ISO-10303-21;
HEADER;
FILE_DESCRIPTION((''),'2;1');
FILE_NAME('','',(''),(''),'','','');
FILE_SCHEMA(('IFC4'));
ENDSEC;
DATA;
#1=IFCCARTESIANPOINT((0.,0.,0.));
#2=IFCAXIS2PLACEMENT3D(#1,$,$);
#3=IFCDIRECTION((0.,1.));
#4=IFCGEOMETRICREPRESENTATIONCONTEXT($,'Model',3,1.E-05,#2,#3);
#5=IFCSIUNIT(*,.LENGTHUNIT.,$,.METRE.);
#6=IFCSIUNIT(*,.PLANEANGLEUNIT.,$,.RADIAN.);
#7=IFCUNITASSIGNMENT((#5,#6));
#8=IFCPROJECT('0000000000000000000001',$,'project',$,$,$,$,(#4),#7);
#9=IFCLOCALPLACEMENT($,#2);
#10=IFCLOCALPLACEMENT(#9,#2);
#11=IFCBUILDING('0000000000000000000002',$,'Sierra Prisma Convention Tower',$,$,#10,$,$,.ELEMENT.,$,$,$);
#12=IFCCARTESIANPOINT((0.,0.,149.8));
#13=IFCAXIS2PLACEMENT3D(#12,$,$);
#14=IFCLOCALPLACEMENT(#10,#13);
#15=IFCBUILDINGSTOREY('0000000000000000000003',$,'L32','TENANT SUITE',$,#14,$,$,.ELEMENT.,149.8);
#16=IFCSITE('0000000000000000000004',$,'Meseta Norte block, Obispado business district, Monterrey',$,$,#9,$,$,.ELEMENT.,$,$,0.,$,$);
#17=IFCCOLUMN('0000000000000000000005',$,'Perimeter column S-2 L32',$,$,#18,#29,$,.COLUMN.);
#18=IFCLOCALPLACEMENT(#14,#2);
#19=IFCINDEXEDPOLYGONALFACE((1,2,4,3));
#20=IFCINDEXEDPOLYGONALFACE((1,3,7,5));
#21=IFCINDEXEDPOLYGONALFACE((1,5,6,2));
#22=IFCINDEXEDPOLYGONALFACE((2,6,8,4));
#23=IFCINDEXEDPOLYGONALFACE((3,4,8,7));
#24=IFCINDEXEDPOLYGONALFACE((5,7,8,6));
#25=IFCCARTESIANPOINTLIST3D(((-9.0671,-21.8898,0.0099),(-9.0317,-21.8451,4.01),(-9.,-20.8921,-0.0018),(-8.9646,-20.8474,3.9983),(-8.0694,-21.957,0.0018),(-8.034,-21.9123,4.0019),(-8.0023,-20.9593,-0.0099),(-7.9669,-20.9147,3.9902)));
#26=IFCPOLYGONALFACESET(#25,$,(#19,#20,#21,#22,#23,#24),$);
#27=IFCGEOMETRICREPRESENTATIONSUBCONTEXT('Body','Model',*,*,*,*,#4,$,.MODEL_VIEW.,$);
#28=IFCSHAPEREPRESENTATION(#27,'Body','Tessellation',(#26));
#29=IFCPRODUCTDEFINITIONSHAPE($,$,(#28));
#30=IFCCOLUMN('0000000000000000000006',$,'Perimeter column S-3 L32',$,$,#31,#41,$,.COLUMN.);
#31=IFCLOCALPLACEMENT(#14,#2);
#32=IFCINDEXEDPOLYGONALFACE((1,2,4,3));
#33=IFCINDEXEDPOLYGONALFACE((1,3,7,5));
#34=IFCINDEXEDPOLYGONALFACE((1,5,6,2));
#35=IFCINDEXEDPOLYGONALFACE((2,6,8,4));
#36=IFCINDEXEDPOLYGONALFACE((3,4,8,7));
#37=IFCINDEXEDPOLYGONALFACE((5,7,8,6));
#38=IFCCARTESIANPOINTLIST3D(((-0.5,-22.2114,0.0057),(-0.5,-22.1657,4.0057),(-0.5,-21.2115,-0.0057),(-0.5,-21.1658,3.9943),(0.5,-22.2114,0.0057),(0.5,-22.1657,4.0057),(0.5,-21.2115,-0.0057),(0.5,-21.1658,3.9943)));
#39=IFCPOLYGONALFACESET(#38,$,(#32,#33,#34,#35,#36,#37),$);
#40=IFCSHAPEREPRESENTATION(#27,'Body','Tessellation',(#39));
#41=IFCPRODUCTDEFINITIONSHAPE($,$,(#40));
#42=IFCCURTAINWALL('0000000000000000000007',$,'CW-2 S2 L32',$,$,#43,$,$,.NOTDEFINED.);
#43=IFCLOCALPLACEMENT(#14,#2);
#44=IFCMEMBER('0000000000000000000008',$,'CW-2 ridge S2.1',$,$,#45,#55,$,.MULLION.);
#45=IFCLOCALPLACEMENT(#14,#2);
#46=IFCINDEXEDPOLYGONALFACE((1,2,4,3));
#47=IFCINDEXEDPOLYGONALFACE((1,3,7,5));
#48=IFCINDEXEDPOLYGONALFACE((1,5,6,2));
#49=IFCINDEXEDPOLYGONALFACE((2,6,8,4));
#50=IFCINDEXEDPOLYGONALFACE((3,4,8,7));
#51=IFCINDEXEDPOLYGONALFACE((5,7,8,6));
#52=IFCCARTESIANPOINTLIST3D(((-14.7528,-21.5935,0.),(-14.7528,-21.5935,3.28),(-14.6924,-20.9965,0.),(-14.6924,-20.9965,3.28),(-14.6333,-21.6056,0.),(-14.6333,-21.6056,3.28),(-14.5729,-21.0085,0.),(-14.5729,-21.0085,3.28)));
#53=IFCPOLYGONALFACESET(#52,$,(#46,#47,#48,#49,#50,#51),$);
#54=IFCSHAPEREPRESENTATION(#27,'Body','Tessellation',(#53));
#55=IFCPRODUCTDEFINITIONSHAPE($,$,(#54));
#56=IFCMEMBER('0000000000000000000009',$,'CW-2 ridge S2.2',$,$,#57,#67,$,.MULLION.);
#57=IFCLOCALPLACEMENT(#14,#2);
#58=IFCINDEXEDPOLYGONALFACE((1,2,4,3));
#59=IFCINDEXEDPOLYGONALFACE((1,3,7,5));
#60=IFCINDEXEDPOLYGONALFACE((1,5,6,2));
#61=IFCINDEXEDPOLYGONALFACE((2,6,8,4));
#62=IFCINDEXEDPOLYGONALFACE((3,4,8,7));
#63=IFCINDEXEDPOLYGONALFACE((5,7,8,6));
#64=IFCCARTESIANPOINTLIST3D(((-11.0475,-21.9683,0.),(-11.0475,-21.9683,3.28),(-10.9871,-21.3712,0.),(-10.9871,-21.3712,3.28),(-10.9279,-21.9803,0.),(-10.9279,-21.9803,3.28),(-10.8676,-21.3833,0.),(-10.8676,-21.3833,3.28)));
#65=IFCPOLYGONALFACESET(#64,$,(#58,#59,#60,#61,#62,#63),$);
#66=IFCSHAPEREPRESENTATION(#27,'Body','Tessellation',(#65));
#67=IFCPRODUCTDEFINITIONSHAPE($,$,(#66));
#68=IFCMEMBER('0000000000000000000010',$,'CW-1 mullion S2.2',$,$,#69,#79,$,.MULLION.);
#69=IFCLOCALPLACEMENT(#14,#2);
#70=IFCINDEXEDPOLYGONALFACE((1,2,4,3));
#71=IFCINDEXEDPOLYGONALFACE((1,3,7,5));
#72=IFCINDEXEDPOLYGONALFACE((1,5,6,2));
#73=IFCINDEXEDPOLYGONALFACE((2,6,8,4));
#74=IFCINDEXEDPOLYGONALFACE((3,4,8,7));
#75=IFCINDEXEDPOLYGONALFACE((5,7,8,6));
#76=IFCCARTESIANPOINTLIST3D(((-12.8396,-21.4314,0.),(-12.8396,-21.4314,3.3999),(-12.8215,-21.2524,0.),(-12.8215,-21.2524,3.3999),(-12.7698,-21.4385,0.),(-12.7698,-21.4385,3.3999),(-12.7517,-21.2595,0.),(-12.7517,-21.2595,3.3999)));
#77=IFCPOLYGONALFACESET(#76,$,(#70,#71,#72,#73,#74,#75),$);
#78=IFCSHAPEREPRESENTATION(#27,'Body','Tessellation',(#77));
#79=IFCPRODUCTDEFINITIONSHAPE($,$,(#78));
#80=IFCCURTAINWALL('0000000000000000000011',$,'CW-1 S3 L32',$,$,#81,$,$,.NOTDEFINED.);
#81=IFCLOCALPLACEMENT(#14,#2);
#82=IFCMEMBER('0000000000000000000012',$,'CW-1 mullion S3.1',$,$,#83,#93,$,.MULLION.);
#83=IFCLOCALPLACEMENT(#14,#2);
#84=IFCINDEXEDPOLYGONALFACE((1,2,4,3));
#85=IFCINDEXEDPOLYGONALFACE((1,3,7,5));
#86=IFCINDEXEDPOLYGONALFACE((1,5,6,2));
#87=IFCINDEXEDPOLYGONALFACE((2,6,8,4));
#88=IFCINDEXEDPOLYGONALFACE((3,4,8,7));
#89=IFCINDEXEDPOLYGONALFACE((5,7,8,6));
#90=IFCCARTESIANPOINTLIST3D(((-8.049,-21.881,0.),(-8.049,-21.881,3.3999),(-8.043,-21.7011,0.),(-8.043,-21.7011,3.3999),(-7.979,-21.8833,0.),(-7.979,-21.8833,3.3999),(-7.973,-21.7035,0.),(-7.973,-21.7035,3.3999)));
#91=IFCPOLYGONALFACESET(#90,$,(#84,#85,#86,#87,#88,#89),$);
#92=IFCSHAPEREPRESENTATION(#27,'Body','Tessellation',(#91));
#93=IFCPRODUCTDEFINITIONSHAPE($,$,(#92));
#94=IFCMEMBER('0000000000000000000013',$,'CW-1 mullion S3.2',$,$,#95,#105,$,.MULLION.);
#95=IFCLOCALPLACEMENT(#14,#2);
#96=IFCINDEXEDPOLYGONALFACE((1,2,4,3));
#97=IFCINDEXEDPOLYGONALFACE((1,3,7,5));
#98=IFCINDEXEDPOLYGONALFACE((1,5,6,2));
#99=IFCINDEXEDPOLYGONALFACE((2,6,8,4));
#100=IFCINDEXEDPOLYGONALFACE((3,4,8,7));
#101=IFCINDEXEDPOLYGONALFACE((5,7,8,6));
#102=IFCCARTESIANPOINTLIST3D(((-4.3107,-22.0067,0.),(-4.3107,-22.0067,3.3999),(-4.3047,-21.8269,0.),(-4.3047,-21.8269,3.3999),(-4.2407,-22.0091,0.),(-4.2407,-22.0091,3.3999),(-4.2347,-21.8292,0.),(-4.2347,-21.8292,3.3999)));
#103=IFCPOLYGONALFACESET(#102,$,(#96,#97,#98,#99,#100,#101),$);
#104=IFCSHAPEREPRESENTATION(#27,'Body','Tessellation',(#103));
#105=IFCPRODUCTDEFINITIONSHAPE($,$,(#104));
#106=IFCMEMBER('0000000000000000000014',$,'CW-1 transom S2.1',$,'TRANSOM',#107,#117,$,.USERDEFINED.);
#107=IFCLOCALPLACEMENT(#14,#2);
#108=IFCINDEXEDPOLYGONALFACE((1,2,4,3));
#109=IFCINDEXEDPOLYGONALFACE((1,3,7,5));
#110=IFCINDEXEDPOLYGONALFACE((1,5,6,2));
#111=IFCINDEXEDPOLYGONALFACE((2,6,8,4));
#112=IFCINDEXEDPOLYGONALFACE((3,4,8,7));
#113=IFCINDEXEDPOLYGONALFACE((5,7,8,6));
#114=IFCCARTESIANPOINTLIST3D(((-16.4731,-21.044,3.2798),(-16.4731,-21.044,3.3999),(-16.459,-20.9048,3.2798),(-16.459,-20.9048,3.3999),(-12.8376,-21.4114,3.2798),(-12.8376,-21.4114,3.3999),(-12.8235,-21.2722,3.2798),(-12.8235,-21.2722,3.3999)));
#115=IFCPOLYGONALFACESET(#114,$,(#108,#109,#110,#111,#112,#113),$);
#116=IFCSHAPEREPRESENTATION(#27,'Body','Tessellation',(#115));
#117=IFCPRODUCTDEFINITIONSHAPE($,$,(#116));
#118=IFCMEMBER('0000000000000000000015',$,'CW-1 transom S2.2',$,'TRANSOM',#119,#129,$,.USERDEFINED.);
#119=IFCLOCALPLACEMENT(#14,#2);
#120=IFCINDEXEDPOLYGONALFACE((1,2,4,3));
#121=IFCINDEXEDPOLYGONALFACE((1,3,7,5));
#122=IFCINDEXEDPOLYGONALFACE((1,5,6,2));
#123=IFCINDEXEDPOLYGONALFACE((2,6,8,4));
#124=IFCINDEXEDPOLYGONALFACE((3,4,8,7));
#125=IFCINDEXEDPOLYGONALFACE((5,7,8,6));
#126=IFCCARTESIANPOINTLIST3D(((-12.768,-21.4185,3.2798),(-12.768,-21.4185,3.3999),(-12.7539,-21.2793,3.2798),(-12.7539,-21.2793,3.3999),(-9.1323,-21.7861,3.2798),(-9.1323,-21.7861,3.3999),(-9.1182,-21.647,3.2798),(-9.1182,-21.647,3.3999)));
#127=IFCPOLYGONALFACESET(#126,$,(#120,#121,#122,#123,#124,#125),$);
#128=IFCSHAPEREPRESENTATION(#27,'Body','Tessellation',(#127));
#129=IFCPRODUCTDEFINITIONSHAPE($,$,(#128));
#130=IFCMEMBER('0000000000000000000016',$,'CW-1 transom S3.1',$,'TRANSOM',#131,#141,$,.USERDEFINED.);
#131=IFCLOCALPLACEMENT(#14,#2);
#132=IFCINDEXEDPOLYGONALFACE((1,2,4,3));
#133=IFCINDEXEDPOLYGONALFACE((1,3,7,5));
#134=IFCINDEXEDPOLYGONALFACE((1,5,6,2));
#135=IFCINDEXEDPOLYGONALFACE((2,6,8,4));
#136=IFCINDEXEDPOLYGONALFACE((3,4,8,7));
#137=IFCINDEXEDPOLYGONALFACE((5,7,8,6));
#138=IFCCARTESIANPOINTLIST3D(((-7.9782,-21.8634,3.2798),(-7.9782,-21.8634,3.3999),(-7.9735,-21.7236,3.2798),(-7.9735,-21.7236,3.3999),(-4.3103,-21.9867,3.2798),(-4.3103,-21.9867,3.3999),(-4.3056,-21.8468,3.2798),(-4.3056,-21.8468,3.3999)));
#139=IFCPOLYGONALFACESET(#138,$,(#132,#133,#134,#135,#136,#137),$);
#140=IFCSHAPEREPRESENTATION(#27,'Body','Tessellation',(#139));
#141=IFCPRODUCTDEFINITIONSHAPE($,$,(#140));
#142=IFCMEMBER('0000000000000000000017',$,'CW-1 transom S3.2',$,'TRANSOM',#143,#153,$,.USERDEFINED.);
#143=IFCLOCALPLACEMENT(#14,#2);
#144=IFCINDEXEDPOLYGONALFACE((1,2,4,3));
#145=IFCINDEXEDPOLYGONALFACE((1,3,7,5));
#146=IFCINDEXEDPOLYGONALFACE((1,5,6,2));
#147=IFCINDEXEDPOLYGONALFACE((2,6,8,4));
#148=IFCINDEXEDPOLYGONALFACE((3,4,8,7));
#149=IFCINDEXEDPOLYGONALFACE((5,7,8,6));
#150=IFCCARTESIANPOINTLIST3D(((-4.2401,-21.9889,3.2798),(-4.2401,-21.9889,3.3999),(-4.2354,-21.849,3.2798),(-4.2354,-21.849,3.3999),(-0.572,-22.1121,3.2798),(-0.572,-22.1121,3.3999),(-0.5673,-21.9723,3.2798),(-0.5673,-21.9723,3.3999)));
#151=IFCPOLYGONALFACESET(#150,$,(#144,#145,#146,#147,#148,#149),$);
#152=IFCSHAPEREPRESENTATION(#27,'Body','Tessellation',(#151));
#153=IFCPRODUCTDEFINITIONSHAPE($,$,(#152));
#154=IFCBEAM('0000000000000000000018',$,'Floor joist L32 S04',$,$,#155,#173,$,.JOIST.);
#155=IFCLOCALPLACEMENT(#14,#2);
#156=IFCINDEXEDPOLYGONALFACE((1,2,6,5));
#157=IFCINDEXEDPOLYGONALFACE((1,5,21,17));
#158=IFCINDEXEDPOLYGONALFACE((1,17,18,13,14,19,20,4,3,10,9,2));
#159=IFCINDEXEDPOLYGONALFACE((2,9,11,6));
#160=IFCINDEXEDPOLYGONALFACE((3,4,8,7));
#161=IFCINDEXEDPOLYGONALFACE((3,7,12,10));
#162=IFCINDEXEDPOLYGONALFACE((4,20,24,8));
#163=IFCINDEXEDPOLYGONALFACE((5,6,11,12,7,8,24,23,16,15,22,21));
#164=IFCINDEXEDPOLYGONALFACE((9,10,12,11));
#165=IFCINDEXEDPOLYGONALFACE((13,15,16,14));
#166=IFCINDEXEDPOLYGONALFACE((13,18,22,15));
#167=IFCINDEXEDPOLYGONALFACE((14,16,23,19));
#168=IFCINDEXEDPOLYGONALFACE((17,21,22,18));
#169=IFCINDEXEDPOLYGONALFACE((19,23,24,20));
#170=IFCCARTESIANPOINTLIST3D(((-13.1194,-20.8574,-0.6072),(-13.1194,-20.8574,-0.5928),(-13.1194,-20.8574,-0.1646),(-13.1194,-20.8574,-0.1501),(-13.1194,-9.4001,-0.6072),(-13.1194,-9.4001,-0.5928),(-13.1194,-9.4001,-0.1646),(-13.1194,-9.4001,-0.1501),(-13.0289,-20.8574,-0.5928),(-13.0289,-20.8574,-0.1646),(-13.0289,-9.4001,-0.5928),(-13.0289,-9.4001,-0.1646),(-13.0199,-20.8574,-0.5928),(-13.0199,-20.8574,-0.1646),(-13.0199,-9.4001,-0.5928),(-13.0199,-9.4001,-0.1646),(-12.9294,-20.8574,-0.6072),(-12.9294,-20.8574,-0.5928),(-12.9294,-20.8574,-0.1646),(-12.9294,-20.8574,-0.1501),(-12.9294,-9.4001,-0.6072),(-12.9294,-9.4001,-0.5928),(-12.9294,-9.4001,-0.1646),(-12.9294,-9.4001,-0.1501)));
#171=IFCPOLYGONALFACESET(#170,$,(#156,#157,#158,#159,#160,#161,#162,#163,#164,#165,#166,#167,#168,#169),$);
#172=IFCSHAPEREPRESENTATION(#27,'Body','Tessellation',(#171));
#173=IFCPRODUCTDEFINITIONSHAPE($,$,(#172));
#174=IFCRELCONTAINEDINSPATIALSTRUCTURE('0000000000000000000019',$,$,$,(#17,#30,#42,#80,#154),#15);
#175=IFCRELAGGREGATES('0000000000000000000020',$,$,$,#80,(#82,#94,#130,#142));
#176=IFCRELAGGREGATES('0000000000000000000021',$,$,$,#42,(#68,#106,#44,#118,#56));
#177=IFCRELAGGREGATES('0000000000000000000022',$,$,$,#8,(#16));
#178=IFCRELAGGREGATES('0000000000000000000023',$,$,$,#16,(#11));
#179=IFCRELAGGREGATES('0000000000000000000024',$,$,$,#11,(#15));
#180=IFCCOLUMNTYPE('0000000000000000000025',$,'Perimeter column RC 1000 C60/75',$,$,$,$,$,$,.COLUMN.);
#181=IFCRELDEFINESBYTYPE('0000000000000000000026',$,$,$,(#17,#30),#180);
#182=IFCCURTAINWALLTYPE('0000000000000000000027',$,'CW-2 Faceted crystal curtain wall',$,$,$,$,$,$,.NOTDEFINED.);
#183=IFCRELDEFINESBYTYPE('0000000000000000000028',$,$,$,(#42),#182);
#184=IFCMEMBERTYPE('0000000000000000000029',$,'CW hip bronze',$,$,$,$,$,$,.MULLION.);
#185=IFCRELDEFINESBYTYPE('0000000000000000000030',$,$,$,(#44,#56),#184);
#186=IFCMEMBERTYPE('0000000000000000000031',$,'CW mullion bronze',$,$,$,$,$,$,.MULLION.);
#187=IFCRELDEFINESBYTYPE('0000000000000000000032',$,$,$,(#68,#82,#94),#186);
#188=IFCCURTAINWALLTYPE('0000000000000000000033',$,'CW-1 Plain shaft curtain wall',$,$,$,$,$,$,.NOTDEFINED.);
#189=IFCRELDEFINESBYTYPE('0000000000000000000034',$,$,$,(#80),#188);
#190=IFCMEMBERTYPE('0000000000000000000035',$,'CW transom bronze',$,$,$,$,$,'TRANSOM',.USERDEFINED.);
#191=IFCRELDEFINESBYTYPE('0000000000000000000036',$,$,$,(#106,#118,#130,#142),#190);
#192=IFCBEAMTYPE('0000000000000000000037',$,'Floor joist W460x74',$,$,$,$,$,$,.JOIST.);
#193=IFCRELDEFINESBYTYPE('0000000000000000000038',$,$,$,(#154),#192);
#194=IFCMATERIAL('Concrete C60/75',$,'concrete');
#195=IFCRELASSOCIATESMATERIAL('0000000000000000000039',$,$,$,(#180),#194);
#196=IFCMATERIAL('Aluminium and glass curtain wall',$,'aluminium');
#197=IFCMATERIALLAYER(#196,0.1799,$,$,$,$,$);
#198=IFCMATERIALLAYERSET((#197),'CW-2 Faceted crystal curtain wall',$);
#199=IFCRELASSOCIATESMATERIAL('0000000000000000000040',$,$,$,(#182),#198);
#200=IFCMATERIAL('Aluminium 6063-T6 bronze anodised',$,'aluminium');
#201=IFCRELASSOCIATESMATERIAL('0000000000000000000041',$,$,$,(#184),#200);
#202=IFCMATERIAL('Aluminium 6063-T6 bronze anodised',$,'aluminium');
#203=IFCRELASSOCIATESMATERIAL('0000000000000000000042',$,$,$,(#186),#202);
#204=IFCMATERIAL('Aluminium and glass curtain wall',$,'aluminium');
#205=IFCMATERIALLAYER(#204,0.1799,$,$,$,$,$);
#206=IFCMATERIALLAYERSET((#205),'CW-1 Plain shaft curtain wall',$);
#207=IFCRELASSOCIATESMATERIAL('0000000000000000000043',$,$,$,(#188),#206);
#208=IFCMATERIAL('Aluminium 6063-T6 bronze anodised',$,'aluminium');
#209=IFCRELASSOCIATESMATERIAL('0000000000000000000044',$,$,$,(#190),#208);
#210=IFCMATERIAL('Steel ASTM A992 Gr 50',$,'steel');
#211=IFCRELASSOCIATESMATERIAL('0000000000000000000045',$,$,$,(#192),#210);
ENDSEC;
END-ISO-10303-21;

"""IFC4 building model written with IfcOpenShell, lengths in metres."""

from ifc_helpers import new_model, si_unit, direction, frame, origin, origin_2d, place, context, subcontext, project, spatial, rectangle, i_section, extrude, material, layer, layer_set, material_profile, profile_set, type_object, element, aggregate, save


model = new_model("IFC4")

# Units and contexts
model_context = context("Model", 3, precision=1e-05, world=origin(), true_north=direction((0.0, 1.0)))
body_context = subcontext(model_context, "Body", "Model", "MODEL_VIEW")
ifc_project = project(units=[si_unit("LENGTHUNIT", "METRE"), si_unit("PLANEANGLEUNIT", "RADIAN")], contexts=[model_context])

# Site, building, storey
site_placement = place(None, origin())
site = spatial("IfcSite", under=ifc_project, at=site_placement, Name="Meseta Norte block, Obispado business district, Monterrey", CompositionType="ELEMENT", RefElevation=0.0)
building_placement = place(site_placement, origin())
building = spatial("IfcBuilding", under=site, at=building_placement, Name="Sierra Prisma Convention Tower", CompositionType="ELEMENT")
storey_placement = place(building_placement, frame((0.0, 0.0, 149.8)))
storey = spatial("IfcBuildingStorey", under=building, at=storey_placement, Name="L32", Description="TENANT SUITE", CompositionType="ELEMENT", Elevation=149.8)

# Columns
ifc_material_1 = material(Name="Concrete C60/75", Category="concrete")
ifc_material_profile_1 = material_profile(ifc_material_1, rectangle(XDim=1.0, YDim=1.0, at=origin_2d()), Name="Perimeter column RC 1000 C60/75")
ifc_profile_set_1 = profile_set([ifc_material_profile_1], Name="Concrete C60/75")
column_type = type_object("IfcColumnType", Name="Perimeter column RC 1000 C60/75", PredefinedType="COLUMN", material=ifc_profile_set_1)
column_1_placement = place(storey_placement, frame((-8.5347, -21.4246, 0.0), z_axis=(0.008849, 0.011168, 0.999898), x_axis=(-0.997705, 0.067223, 0.008079)))
element("IfcColumn", 1, at=column_1_placement, inside=storey, type_object=column_type, Name="Perimeter column S-2 L32", PredefinedType="COLUMN", context=body_context, shape_type="SweptSolid", body=[
    extrude(rectangle(XDim=1.0, YDim=1.0, at=origin_2d()), origin(), (0.0, 0.0, 1.0), 4.0005),
])
column_2_placement = place(storey_placement, frame((0.0, -21.7114, 0.0), z_axis=(0.0, 0.011413, 0.999935), x_axis=(1.0, 0.0, 0.0)))
element("IfcColumn", 2, at=column_2_placement, inside=storey, type_object=column_type, Name="Perimeter column S-3 L32", PredefinedType="COLUMN", context=body_context, shape_type="SweptSolid", body=[
    extrude(rectangle(XDim=1.0, YDim=1.0, at=origin_2d()), origin(), (0.0, 0.0, 1.0), 4.0002),
])

# Curtain walls, members
ifc_material_2 = material(Name="Aluminium and glass curtain wall", Category="aluminium")
ifc_layer_1 = layer(ifc_material_2, 0.1799)
ifc_layer_set_1 = layer_set([ifc_layer_1], Name="CW-2 Faceted crystal curtain wall")
curtain_wall_type_1 = type_object("IfcCurtainWallType", Name="CW-2 Faceted crystal curtain wall", PredefinedType="NOTDEFINED", material=ifc_layer_set_1)
curtain_wall_1_placement = place(storey_placement, origin())
curtain_wall_1 = element("IfcCurtainWall", 3, at=curtain_wall_1_placement, inside=storey, type_object=curtain_wall_type_1, Name="CW-2 S2 L32", PredefinedType="NOTDEFINED")
ifc_material_3 = material(Name="Aluminium 6063-T6 bronze anodised", Category="aluminium")
ifc_material_profile_2 = material_profile(ifc_material_3, rectangle(XDim=0.1201, YDim=0.6001, at=origin_2d()), Name="ALU RIDGE BLADE 120x600")
ifc_profile_set_2 = profile_set([ifc_material_profile_2], Name="Aluminium 6063-T6 bronze anodised")
member_type_1 = type_object("IfcMemberType", Name="CW hip bronze", PredefinedType="MULLION", material=ifc_profile_set_2)
member_1_placement = place(storey_placement, frame((-14.6628, -21.301, 0.0), z_axis=(0.0, 0.0, 1.0), x_axis=(0.994927, -0.100597, 0.0)))
member_1 = element("IfcMember", 4, at=member_1_placement, type_object=member_type_1, Name="CW-2 ridge S2.1", PredefinedType="MULLION", context=body_context, shape_type="SweptSolid", body=[
    extrude(rectangle(XDim=0.1201, YDim=0.6001, at=origin_2d()), origin(), (0.0, 0.0, 1.0), 3.28),
])
member_2_placement = place(storey_placement, frame((-10.9575, -21.6758, 0.0), z_axis=(0.0, 0.0, 1.0), x_axis=(0.994927, -0.100597, 0.0)))
member_2 = element("IfcMember", 5, at=member_2_placement, type_object=member_type_1, Name="CW-2 ridge S2.2", PredefinedType="MULLION", context=body_context, shape_type="SweptSolid", body=[
    extrude(rectangle(XDim=0.1201, YDim=0.6001, at=origin_2d()), origin(), (0.0, 0.0, 1.0), 3.28),
])
ifc_material_4 = material(Name="Aluminium 6063-T6 bronze anodised", Category="aluminium")
ifc_material_profile_3 = material_profile(ifc_material_4, rectangle(XDim=0.1799, YDim=0.0701, at=origin_2d()), Name="ALU MULLION 70x180")
ifc_profile_set_3 = profile_set([ifc_material_profile_3], Name="Aluminium 6063-T6 bronze anodised")
member_type_2 = type_object("IfcMemberType", Name="CW mullion bronze", PredefinedType="MULLION", material=ifc_profile_set_3)
member_3_placement = place(storey_placement, frame((-12.7957, -21.3455, 0.0), z_axis=(0.0, 0.0, 1.0), x_axis=(0.100597, 0.994927, 0.0)))
member_3 = element("IfcMember", 6, at=member_3_placement, type_object=member_type_2, Name="CW-1 mullion S2.2", PredefinedType="MULLION", context=body_context, shape_type="SweptSolid", body=[
    extrude(rectangle(XDim=0.1799, YDim=0.0701, at=origin_2d()), origin(), (0.0, 0.0, 1.0), 3.3999),
])
ifc_material_5 = material(Name="Aluminium and glass curtain wall", Category="aluminium")
ifc_layer_2 = layer(ifc_material_5, 0.1799)
ifc_layer_set_2 = layer_set([ifc_layer_2], Name="CW-1 Plain shaft curtain wall")
curtain_wall_type_2 = type_object("IfcCurtainWallType", Name="CW-1 Plain shaft curtain wall", PredefinedType="NOTDEFINED", material=ifc_layer_set_2)
curtain_wall_2_placement = place(storey_placement, origin())
curtain_wall_2 = element("IfcCurtainWall", 7, at=curtain_wall_2_placement, inside=storey, type_object=curtain_wall_type_2, Name="CW-1 S3 L32", PredefinedType="NOTDEFINED")
member_4_placement = place(storey_placement, frame((-8.011, -21.7922, 0.0), z_axis=(0.0, 0.0, 1.0), x_axis=(0.033583, 0.999436, 0.0)))
member_4 = element("IfcMember", 8, at=member_4_placement, type_object=member_type_2, Name="CW-1 mullion S3.1", PredefinedType="MULLION", context=body_context, shape_type="SweptSolid", body=[
    extrude(rectangle(XDim=0.1799, YDim=0.0701, at=origin_2d()), origin(), (0.0, 0.0, 1.0), 3.3999),
])
member_5_placement = place(storey_placement, frame((-4.2727, -21.918, 0.0), z_axis=(0.0, 0.0, 1.0), x_axis=(0.033583, 0.999436, 0.0)))
member_5 = element("IfcMember", 9, at=member_5_placement, type_object=member_type_2, Name="CW-1 mullion S3.2", PredefinedType="MULLION", context=body_context, shape_type="SweptSolid", body=[
    extrude(rectangle(XDim=0.1799, YDim=0.0701, at=origin_2d()), origin(), (0.0, 0.0, 1.0), 3.3999),
])

# Members
ifc_material_6 = material(Name="Aluminium 6063-T6 bronze anodised", Category="aluminium")
ifc_material_profile_4 = material_profile(ifc_material_6, rectangle(XDim=0.1399, YDim=0.1201, at=origin_2d()), Name="ALU TRANSOM 120x140")
ifc_profile_set_4 = profile_set([ifc_material_profile_4], Name="Aluminium 6063-T6 bronze anodised")
member_type_3 = type_object("IfcMemberType", Name="CW transom bronze", ElementType="TRANSOM", PredefinedType="USERDEFINED", material=ifc_profile_set_4)
member_6_placement = place(storey_placement, frame((-16.4661, -20.9744, 3.3398), z_axis=(0.994931, -0.100555, 0.0), x_axis=(0.100555, 0.994931, 0.0)))
member_6 = element("IfcMember", 10, at=member_6_placement, type_object=member_type_3, Name="CW-1 transom S2.1", ObjectType="TRANSOM", PredefinedType="USERDEFINED", context=body_context, shape_type="SweptSolid", body=[
    extrude(rectangle(XDim=0.1399, YDim=0.1201, at=origin_2d()), origin(), (0.0, 0.0, 1.0), 3.6541),
])
member_7_placement = place(storey_placement, frame((-12.761, -21.3489, 3.3398), z_axis=(0.994925, -0.100615, 0.0), x_axis=(0.100615, 0.994925, 0.0)))
member_7 = element("IfcMember", 11, at=member_7_placement, type_object=member_type_3, Name="CW-1 transom S2.2", ObjectType="TRANSOM", PredefinedType="USERDEFINED", context=body_context, shape_type="SweptSolid", body=[
    extrude(rectangle(XDim=0.1399, YDim=0.1201, at=origin_2d()), origin(), (0.0, 0.0, 1.0), 3.6543),
])
member_8_placement = place(storey_placement, frame((-7.9758, -21.7935, 3.3398), z_axis=(0.999436, -0.033594, 0.0), x_axis=(0.033594, 0.999436, 0.0)))
member_8 = element("IfcMember", 12, at=member_8_placement, type_object=member_type_3, Name="CW-1 transom S3.1", ObjectType="TRANSOM", PredefinedType="USERDEFINED", context=body_context, shape_type="SweptSolid", body=[
    extrude(rectangle(XDim=0.1399, YDim=0.1201, at=origin_2d()), origin(), (0.0, 0.0, 1.0), 3.6699),
])
member_9_placement = place(storey_placement, frame((-4.2378, -21.9189, 3.3398), z_axis=(0.999436, -0.033592, 0.0), x_axis=(0.033592, 0.999436, 0.0)))
member_9 = element("IfcMember", 13, at=member_9_placement, type_object=member_type_3, Name="CW-1 transom S3.2", ObjectType="TRANSOM", PredefinedType="USERDEFINED", context=body_context, shape_type="SweptSolid", body=[
    extrude(rectangle(XDim=0.1399, YDim=0.1201, at=origin_2d()), origin(), (0.0, 0.0, 1.0), 3.6702),
])

# Beam
ifc_material_7 = material(Name="Steel ASTM A992 Gr 50", Category="steel")
ifc_material_profile_5 = material_profile(ifc_material_7, i_section(OverallWidth=0.1899, OverallDepth=0.457, WebThickness=0.009, FlangeThickness=0.0144, at=origin_2d()), Name="W460x74")
ifc_profile_set_5 = profile_set([ifc_material_profile_5], Name="Steel ASTM A992 Gr 50")
beam_type_1 = type_object("IfcBeamType", Name="Floor joist W460x74", PredefinedType="JOIST", material=ifc_profile_set_5)
beam_1_placement = place(storey_placement, frame((-13.0244, -20.8574, -0.3787), z_axis=(0.0, 1.0, 0.0), x_axis=(-1.0, 0.0, 0.0)))
element("IfcBeam", 14, at=beam_1_placement, inside=storey, type_object=beam_type_1, Name="Floor joist L32 S04", PredefinedType="JOIST", context=body_context, shape_type="SweptSolid", body=[
    extrude(i_section(OverallWidth=0.1899, OverallDepth=0.457, WebThickness=0.009, FlangeThickness=0.0144, at=origin_2d()), origin(), (0.0, 0.0, 1.0), 11.4573),
])

aggregate(curtain_wall_2, [member_4, member_5, member_8, member_9])
aggregate(curtain_wall_1, [member_3, member_6, member_1, member_7, member_2])

save(model, "model.ifc")
